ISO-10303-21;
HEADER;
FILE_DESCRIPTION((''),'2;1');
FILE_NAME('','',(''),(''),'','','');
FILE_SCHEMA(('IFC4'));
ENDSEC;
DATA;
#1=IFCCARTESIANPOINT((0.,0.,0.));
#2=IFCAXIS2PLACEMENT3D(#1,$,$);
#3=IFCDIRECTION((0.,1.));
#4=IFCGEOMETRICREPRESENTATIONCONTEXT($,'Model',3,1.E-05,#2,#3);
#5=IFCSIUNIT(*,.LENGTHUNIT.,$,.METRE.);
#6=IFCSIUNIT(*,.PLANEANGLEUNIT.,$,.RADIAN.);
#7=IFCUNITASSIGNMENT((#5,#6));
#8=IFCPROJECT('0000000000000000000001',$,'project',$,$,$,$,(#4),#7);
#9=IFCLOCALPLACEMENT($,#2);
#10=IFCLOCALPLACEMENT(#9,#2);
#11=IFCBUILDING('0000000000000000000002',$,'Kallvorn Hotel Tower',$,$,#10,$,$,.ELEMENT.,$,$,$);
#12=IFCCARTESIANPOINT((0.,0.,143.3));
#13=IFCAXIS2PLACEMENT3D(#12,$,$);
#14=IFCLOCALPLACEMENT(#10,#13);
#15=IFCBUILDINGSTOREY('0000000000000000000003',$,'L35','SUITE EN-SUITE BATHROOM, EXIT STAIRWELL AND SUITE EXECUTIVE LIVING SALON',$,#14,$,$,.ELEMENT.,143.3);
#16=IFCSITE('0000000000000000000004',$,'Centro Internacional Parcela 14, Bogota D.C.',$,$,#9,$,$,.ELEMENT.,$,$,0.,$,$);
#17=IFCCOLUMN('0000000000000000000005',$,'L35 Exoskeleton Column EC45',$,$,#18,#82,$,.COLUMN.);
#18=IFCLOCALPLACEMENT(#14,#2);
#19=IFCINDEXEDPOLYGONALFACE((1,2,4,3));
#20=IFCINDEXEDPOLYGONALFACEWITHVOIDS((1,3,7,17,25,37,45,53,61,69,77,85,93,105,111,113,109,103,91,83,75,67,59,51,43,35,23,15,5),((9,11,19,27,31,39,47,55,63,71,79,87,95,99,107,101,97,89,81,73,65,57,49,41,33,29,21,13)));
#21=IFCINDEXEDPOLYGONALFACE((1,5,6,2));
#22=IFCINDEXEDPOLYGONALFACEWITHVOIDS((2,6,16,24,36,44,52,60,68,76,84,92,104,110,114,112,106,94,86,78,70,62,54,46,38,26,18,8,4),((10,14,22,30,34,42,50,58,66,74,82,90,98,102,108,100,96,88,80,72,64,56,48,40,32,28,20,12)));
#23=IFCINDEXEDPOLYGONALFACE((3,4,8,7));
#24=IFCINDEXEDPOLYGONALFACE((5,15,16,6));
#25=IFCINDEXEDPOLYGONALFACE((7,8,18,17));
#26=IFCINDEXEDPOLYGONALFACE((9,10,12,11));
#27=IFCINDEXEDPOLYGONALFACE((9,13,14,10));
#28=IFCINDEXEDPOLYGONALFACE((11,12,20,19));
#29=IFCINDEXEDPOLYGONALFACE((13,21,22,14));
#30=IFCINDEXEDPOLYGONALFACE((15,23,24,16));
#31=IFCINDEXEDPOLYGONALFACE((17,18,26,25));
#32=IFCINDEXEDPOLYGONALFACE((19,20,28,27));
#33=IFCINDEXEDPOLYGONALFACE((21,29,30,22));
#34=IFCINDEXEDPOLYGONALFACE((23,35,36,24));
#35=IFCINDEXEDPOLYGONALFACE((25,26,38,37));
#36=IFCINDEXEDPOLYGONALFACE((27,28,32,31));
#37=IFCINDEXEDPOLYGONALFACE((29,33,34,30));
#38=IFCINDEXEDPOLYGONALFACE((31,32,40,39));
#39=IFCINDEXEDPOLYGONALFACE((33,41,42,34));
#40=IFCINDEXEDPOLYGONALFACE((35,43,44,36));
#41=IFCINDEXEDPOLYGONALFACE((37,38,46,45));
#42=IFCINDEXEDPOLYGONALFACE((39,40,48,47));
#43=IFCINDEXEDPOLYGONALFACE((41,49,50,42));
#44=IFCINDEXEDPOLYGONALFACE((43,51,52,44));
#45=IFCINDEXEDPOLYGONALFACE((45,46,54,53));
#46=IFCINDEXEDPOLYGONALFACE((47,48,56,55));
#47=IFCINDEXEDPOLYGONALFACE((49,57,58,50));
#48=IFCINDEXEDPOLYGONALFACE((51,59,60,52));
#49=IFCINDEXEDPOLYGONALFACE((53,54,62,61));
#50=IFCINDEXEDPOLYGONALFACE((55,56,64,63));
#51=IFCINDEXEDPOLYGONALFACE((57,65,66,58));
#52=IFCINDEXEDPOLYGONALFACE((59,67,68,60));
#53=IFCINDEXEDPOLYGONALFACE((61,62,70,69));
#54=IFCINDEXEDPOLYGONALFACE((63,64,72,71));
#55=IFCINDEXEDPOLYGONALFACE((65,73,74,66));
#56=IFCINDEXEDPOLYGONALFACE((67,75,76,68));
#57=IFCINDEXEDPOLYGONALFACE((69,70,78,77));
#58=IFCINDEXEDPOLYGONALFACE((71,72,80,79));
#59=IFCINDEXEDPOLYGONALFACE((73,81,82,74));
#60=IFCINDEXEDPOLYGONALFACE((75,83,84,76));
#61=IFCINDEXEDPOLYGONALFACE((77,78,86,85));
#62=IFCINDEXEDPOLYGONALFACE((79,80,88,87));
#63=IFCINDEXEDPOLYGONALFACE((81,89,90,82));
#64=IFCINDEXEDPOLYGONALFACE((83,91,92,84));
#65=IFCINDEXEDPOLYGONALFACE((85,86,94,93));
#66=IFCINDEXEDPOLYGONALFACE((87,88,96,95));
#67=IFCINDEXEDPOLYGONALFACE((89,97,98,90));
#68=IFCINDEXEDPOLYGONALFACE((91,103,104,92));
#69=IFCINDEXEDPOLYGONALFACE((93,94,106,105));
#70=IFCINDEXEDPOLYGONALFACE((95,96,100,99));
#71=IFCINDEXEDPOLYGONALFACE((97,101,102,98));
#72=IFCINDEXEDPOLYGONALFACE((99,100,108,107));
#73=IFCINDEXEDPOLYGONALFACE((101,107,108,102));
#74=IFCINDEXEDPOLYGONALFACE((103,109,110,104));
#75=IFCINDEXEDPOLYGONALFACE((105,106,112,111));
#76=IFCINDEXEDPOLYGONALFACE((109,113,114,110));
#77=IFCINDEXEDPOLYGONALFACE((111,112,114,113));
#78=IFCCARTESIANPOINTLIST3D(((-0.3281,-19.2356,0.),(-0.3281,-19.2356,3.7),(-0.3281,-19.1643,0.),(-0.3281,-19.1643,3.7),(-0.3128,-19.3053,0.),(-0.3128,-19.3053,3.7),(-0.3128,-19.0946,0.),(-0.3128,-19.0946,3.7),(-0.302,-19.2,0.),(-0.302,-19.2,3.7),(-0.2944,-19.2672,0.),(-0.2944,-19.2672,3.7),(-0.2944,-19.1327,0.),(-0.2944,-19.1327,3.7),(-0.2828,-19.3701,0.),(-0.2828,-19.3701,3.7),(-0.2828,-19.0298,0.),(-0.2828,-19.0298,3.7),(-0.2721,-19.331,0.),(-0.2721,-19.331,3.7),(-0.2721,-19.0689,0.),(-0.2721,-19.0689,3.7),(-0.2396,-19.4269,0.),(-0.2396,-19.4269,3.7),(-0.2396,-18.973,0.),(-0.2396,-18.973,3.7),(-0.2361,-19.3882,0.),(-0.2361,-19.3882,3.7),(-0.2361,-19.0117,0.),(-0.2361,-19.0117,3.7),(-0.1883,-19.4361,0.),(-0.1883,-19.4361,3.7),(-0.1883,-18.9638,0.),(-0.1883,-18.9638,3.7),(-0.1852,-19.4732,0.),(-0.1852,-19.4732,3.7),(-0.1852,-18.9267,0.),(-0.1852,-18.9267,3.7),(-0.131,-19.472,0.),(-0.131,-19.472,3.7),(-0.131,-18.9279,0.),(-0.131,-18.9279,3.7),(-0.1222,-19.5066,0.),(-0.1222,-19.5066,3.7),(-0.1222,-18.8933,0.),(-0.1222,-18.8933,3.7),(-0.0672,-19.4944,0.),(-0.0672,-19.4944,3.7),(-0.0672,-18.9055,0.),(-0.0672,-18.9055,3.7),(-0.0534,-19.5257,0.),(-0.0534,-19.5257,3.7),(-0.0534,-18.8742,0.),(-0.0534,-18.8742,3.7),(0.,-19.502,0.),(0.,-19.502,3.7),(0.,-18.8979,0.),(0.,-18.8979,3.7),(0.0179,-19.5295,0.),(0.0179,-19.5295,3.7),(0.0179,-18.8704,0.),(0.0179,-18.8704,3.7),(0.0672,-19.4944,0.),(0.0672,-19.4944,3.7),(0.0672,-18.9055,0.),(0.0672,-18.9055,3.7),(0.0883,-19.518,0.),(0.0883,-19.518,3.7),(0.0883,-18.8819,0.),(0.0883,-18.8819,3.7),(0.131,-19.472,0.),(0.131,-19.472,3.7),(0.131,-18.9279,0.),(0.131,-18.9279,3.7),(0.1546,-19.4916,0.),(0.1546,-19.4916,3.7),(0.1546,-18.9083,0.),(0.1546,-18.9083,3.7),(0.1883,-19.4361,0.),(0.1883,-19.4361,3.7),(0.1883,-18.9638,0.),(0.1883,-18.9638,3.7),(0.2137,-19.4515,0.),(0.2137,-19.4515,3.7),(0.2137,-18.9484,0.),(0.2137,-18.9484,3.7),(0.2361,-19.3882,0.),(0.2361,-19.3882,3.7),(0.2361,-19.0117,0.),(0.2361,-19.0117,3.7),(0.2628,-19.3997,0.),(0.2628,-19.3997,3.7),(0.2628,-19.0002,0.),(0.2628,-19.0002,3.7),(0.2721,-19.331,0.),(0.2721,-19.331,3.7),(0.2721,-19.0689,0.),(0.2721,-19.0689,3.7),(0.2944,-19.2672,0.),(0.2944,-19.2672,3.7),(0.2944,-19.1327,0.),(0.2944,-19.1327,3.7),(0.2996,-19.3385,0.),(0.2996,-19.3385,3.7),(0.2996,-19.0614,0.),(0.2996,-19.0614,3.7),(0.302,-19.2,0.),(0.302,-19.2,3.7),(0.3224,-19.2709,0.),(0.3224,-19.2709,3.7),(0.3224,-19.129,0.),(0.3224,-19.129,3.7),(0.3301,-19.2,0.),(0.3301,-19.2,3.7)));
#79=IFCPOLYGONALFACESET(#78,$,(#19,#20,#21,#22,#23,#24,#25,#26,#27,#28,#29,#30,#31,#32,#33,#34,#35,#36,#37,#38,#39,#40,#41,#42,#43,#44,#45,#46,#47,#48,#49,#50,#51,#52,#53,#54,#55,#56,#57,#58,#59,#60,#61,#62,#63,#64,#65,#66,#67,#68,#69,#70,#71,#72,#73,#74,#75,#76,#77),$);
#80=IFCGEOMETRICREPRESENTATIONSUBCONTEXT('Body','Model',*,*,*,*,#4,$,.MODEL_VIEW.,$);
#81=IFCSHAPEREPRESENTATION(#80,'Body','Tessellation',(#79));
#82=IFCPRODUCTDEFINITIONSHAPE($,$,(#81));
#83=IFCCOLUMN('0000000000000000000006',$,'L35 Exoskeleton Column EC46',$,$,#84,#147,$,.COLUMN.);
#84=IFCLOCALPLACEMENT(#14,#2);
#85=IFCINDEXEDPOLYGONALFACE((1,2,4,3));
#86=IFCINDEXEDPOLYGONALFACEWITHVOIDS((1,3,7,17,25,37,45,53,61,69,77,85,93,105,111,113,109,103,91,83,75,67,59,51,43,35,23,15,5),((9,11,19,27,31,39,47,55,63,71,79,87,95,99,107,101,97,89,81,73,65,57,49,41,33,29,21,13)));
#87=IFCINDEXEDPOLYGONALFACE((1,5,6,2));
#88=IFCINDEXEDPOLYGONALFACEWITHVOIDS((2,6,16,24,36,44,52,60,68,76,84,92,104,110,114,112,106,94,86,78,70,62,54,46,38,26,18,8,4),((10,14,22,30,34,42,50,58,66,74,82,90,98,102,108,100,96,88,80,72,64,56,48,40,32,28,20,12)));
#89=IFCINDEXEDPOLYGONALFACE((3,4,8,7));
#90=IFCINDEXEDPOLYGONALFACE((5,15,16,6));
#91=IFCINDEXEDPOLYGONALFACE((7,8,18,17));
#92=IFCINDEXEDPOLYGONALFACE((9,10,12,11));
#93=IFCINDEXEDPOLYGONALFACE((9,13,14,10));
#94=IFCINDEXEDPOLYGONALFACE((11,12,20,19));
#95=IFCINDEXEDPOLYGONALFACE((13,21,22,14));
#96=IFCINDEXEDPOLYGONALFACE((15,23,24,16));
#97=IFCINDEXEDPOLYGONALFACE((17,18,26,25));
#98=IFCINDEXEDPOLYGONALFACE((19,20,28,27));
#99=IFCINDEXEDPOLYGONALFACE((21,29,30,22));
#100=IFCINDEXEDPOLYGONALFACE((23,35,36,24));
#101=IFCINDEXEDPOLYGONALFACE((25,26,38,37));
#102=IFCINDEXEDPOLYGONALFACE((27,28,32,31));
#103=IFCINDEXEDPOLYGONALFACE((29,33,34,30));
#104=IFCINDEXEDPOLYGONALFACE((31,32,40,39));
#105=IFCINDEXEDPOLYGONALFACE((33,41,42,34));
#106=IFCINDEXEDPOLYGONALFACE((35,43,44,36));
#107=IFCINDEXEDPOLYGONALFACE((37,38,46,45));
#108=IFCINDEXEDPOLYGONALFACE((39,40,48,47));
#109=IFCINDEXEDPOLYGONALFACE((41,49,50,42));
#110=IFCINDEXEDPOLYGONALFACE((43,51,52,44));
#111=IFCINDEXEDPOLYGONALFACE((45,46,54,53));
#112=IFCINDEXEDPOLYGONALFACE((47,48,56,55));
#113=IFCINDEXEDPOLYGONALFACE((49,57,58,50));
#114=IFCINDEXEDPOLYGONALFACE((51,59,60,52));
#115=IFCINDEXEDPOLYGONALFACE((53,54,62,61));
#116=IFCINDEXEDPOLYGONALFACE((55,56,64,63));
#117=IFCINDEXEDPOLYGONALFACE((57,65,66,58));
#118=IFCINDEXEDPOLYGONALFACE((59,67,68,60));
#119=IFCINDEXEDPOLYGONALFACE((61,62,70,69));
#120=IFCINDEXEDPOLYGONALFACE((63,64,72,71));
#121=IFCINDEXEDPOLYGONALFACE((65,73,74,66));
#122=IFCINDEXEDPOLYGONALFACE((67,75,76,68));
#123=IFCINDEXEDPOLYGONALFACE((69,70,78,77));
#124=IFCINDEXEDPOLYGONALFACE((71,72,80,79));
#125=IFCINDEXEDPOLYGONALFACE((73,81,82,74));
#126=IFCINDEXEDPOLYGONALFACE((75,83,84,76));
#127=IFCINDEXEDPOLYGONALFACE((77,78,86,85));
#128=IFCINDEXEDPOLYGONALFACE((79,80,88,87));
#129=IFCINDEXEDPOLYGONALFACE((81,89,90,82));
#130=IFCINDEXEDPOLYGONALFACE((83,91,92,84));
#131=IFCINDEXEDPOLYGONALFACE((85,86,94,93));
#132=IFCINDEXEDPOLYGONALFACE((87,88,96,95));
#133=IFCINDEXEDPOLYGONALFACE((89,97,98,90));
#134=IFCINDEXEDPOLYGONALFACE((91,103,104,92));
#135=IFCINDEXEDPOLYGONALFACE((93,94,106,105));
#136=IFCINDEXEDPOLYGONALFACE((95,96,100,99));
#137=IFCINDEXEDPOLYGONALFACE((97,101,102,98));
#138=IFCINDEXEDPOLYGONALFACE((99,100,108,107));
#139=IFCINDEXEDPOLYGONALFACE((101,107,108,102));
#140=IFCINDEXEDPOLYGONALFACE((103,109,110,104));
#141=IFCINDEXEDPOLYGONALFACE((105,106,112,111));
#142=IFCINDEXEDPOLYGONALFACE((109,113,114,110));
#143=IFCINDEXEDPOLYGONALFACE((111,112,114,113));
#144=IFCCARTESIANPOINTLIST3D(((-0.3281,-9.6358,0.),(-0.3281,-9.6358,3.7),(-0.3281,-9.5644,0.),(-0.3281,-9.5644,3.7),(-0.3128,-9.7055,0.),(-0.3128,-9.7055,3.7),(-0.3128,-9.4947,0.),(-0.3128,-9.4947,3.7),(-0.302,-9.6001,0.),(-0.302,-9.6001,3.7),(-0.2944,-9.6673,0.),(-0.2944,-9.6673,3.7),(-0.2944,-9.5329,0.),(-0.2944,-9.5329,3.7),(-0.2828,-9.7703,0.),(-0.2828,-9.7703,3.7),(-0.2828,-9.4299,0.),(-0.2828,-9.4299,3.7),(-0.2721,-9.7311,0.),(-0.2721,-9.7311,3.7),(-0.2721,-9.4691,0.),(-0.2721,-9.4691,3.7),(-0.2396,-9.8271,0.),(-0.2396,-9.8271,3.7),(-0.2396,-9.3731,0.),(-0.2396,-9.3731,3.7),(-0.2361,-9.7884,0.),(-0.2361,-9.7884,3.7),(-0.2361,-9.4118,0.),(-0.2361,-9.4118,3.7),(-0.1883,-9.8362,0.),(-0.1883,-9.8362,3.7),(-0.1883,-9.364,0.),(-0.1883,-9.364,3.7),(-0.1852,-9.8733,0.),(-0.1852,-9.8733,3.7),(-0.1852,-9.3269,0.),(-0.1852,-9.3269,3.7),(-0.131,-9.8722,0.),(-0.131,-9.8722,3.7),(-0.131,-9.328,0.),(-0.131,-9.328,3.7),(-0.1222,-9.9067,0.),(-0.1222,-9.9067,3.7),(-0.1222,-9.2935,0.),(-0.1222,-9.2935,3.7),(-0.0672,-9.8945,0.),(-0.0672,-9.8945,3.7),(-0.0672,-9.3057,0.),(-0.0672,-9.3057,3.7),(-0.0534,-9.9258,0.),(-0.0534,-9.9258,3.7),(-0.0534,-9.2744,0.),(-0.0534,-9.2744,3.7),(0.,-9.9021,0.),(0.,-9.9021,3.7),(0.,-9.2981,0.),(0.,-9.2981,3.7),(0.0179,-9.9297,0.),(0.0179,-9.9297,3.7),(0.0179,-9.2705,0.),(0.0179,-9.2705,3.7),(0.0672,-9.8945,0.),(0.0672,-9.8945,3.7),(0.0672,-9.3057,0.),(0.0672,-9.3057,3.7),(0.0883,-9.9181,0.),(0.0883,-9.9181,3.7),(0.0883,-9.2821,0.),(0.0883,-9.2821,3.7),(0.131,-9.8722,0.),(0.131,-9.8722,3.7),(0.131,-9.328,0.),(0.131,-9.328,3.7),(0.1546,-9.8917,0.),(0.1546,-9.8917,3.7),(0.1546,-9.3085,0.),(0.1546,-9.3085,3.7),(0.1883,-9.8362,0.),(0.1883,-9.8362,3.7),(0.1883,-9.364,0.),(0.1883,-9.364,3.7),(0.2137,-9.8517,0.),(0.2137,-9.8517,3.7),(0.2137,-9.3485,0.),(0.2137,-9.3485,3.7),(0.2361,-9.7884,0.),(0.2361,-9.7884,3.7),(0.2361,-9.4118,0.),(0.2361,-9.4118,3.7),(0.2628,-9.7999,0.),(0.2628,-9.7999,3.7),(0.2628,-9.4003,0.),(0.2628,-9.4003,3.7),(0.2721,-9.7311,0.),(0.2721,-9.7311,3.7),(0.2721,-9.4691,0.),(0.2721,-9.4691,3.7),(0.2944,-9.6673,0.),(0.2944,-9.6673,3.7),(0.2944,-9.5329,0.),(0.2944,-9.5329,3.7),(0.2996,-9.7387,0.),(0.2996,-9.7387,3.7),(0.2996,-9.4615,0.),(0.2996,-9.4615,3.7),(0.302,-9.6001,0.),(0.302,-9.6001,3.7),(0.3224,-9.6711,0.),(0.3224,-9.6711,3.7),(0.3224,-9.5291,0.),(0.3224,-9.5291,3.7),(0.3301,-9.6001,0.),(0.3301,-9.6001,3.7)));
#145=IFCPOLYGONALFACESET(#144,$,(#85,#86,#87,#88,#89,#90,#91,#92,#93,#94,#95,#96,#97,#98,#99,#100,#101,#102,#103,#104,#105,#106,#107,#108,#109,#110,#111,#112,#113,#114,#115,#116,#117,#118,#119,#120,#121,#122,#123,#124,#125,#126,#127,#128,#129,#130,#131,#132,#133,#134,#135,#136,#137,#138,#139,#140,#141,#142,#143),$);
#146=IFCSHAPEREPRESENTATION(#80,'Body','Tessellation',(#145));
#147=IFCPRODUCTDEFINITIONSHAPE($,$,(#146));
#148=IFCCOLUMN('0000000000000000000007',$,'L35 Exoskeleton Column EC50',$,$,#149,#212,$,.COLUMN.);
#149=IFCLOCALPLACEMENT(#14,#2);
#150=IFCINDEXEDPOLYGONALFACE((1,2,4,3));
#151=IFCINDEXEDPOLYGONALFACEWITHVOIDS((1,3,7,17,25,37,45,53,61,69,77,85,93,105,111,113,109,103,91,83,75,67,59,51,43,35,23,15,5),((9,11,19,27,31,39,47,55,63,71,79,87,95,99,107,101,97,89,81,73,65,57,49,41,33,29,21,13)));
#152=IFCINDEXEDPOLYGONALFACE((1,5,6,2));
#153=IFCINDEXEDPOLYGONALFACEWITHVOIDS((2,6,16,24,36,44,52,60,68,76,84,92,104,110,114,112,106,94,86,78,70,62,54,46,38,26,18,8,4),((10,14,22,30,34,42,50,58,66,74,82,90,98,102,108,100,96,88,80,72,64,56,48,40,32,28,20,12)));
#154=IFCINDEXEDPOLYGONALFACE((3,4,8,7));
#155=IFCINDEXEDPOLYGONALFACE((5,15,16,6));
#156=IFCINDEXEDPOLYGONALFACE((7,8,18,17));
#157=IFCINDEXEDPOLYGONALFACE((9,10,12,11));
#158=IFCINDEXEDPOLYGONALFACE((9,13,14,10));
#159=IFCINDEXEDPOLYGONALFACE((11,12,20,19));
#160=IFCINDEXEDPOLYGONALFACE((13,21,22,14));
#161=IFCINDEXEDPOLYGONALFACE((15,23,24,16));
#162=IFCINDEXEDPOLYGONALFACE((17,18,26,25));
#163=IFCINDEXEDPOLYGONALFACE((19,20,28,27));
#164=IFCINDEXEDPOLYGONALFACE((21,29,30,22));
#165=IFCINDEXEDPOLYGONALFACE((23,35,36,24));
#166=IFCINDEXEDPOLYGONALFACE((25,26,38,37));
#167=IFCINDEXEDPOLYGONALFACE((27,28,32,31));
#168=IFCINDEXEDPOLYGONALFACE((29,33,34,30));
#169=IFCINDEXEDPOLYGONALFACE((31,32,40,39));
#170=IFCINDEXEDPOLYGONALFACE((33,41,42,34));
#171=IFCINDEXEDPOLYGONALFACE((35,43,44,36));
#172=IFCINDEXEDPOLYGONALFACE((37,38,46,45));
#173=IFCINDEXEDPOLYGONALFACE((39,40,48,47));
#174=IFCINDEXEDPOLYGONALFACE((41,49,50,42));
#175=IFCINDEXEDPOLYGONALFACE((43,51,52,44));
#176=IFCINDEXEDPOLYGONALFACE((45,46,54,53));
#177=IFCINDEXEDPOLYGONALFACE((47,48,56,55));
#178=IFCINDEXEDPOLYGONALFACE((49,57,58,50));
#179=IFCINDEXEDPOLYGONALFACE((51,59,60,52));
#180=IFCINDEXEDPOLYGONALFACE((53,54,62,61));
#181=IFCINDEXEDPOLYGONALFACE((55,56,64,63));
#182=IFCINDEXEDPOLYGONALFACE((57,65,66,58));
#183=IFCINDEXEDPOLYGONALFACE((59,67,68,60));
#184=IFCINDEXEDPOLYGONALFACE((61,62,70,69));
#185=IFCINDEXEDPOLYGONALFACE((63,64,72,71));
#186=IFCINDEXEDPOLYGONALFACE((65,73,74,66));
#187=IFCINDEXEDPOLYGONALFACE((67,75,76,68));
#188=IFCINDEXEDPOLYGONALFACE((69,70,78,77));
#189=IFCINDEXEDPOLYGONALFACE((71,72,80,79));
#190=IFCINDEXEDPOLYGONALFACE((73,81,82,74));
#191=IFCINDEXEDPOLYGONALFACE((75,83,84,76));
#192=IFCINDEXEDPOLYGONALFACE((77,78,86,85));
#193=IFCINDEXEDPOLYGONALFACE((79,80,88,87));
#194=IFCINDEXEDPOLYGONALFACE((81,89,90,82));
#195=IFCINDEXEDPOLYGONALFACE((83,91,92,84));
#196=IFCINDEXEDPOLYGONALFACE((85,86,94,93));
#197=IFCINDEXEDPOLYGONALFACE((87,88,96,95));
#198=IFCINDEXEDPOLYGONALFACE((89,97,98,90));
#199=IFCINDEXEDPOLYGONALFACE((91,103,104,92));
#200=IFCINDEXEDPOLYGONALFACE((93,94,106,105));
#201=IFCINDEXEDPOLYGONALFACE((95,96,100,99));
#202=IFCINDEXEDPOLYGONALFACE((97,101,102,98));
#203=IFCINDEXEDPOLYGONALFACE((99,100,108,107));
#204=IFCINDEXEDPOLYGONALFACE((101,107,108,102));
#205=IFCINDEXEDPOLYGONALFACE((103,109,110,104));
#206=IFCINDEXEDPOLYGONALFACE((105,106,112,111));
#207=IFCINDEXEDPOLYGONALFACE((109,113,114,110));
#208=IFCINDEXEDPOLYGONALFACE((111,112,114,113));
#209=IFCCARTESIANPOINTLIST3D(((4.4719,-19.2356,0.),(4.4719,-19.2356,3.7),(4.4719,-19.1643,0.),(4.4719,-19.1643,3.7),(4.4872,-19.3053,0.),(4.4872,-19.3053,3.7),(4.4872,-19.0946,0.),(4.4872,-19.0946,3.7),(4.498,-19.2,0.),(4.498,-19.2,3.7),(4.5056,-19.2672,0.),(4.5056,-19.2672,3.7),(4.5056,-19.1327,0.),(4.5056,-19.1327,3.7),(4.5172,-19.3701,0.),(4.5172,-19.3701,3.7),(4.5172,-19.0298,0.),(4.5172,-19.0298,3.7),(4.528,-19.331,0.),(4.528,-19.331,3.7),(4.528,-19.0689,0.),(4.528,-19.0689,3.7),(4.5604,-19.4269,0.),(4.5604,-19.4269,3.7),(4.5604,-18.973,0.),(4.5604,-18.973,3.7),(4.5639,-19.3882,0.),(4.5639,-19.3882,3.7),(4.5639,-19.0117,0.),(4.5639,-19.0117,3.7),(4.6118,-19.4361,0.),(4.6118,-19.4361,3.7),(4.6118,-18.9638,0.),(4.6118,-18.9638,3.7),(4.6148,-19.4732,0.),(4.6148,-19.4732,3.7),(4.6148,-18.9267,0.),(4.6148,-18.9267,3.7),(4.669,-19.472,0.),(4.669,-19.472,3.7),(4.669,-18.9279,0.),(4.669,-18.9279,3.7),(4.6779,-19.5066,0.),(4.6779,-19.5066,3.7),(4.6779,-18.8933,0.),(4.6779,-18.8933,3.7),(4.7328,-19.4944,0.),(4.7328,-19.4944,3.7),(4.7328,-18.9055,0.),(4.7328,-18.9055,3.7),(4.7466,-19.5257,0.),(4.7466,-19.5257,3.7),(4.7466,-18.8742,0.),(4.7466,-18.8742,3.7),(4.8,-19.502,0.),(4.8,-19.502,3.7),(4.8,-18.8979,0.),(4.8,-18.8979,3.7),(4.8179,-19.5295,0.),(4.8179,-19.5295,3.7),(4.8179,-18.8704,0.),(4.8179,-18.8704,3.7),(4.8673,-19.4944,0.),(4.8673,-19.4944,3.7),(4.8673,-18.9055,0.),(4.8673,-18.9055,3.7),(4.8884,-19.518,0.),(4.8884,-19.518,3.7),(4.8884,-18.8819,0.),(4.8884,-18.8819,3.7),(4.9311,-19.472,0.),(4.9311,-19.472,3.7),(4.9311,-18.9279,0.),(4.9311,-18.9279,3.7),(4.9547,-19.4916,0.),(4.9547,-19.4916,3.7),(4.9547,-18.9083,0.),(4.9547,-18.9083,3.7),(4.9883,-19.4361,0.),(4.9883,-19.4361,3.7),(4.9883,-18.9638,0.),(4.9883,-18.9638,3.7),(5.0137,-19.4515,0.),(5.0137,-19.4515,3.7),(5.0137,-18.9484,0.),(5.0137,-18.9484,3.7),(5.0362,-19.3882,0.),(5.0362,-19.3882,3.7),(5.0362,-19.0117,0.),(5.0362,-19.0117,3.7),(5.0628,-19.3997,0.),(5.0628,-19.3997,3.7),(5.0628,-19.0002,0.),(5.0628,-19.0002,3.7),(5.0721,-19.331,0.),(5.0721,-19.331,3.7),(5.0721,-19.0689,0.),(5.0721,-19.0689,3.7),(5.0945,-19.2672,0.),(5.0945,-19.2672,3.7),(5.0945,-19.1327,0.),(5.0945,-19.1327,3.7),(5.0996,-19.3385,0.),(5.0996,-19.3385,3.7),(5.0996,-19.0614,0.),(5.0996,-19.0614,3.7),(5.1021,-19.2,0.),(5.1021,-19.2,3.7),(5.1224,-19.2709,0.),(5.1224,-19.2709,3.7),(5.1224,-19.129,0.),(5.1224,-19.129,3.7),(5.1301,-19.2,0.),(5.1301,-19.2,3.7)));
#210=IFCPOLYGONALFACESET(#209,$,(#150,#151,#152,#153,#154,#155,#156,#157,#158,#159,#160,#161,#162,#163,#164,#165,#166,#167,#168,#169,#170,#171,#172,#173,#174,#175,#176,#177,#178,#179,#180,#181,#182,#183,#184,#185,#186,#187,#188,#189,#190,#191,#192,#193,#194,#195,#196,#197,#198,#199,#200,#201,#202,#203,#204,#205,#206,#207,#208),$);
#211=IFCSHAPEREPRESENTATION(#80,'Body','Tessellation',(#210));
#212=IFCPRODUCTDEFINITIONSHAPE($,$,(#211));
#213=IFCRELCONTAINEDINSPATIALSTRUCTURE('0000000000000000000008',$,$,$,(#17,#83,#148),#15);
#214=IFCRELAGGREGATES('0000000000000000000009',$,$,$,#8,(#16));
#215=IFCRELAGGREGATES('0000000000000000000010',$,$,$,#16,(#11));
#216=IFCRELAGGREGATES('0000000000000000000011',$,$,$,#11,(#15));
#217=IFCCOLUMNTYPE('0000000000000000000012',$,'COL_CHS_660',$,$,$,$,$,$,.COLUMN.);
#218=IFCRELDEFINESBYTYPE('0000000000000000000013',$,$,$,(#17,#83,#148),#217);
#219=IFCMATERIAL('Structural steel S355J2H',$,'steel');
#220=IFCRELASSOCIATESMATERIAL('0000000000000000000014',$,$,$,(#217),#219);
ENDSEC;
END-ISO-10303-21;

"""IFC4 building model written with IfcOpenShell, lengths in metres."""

from ifc_helpers import new_model, si_unit, direction, frame, origin, origin_2d, place, context, subcontext, project, spatial, hollow_circle, extrude, material, material_profile, profile_set, type_object, element, save


model = new_model("IFC4")

# Units and contexts
model_context = context("Model", 3, precision=1e-05, world=origin(), true_north=direction((0.0, 1.0)))
body_context = subcontext(model_context, "Body", "Model", "MODEL_VIEW")
ifc_project = project(units=[si_unit("LENGTHUNIT", "METRE"), si_unit("PLANEANGLEUNIT", "RADIAN")], contexts=[model_context])

# Site, building, storey
site_placement = place(None, origin())
site = spatial("IfcSite", under=ifc_project, at=site_placement, Name="Centro Internacional Parcela 14, Bogota D.C.", CompositionType="ELEMENT", RefElevation=0.0)
building_placement = place(site_placement, origin())
building = spatial("IfcBuilding", under=site, at=building_placement, Name="Kallvorn Hotel Tower", CompositionType="ELEMENT")
storey_placement = place(building_placement, frame((0.0, 0.0, 143.3)))
storey = spatial("IfcBuildingStorey", under=building, at=storey_placement, Name="L35", Description="SUITE EN-SUITE BATHROOM, EXIT STAIRWELL AND SUITE EXECUTIVE LIVING SALON", CompositionType="ELEMENT", Elevation=143.3)

# Columns
ifc_material_1 = material(Name="Structural steel S355J2H", Category="steel")
ifc_material_profile_1 = material_profile(ifc_material_1, hollow_circle(Radius=0.3301, WallThickness=0.0281, at=origin_2d()), Name="CHS 660x28")
ifc_profile_set_1 = profile_set([ifc_material_profile_1], Name="Structural steel S355J2H")
column_type_1 = type_object("IfcColumnType", Name="COL_CHS_660", PredefinedType="COLUMN", material=ifc_profile_set_1)
for number, where, z_axis, x_axis, name in (
    (1, (0.0, -19.2, 0.0), (0.0, 0.0, 1.0), (1.0, 0.0, 0.0), "L35 Exoskeleton Column EC45"),
    (2, (0.0, -9.6001, 0.0), (0.0, 0.0, 1.0), (1.0, 0.0, 0.0), "L35 Exoskeleton Column EC46"),
    (3, (4.8, -19.2, 0.0), (0.0, 0.0, 1.0), (1.0, 0.0, 0.0), "L35 Exoskeleton Column EC50"),
):
    element("IfcColumn", number, at=place(storey_placement, frame(where, z_axis=z_axis, x_axis=x_axis)), inside=storey, type_object=column_type_1, Name=name, PredefinedType="COLUMN", context=body_context, shape_type="SweptSolid", body=[
        extrude(hollow_circle(Radius=0.3301, WallThickness=0.0281, at=origin_2d()), origin(), (0.0, 0.0, 1.0), 3.7),
    ])

save(model, "model.ifc")
